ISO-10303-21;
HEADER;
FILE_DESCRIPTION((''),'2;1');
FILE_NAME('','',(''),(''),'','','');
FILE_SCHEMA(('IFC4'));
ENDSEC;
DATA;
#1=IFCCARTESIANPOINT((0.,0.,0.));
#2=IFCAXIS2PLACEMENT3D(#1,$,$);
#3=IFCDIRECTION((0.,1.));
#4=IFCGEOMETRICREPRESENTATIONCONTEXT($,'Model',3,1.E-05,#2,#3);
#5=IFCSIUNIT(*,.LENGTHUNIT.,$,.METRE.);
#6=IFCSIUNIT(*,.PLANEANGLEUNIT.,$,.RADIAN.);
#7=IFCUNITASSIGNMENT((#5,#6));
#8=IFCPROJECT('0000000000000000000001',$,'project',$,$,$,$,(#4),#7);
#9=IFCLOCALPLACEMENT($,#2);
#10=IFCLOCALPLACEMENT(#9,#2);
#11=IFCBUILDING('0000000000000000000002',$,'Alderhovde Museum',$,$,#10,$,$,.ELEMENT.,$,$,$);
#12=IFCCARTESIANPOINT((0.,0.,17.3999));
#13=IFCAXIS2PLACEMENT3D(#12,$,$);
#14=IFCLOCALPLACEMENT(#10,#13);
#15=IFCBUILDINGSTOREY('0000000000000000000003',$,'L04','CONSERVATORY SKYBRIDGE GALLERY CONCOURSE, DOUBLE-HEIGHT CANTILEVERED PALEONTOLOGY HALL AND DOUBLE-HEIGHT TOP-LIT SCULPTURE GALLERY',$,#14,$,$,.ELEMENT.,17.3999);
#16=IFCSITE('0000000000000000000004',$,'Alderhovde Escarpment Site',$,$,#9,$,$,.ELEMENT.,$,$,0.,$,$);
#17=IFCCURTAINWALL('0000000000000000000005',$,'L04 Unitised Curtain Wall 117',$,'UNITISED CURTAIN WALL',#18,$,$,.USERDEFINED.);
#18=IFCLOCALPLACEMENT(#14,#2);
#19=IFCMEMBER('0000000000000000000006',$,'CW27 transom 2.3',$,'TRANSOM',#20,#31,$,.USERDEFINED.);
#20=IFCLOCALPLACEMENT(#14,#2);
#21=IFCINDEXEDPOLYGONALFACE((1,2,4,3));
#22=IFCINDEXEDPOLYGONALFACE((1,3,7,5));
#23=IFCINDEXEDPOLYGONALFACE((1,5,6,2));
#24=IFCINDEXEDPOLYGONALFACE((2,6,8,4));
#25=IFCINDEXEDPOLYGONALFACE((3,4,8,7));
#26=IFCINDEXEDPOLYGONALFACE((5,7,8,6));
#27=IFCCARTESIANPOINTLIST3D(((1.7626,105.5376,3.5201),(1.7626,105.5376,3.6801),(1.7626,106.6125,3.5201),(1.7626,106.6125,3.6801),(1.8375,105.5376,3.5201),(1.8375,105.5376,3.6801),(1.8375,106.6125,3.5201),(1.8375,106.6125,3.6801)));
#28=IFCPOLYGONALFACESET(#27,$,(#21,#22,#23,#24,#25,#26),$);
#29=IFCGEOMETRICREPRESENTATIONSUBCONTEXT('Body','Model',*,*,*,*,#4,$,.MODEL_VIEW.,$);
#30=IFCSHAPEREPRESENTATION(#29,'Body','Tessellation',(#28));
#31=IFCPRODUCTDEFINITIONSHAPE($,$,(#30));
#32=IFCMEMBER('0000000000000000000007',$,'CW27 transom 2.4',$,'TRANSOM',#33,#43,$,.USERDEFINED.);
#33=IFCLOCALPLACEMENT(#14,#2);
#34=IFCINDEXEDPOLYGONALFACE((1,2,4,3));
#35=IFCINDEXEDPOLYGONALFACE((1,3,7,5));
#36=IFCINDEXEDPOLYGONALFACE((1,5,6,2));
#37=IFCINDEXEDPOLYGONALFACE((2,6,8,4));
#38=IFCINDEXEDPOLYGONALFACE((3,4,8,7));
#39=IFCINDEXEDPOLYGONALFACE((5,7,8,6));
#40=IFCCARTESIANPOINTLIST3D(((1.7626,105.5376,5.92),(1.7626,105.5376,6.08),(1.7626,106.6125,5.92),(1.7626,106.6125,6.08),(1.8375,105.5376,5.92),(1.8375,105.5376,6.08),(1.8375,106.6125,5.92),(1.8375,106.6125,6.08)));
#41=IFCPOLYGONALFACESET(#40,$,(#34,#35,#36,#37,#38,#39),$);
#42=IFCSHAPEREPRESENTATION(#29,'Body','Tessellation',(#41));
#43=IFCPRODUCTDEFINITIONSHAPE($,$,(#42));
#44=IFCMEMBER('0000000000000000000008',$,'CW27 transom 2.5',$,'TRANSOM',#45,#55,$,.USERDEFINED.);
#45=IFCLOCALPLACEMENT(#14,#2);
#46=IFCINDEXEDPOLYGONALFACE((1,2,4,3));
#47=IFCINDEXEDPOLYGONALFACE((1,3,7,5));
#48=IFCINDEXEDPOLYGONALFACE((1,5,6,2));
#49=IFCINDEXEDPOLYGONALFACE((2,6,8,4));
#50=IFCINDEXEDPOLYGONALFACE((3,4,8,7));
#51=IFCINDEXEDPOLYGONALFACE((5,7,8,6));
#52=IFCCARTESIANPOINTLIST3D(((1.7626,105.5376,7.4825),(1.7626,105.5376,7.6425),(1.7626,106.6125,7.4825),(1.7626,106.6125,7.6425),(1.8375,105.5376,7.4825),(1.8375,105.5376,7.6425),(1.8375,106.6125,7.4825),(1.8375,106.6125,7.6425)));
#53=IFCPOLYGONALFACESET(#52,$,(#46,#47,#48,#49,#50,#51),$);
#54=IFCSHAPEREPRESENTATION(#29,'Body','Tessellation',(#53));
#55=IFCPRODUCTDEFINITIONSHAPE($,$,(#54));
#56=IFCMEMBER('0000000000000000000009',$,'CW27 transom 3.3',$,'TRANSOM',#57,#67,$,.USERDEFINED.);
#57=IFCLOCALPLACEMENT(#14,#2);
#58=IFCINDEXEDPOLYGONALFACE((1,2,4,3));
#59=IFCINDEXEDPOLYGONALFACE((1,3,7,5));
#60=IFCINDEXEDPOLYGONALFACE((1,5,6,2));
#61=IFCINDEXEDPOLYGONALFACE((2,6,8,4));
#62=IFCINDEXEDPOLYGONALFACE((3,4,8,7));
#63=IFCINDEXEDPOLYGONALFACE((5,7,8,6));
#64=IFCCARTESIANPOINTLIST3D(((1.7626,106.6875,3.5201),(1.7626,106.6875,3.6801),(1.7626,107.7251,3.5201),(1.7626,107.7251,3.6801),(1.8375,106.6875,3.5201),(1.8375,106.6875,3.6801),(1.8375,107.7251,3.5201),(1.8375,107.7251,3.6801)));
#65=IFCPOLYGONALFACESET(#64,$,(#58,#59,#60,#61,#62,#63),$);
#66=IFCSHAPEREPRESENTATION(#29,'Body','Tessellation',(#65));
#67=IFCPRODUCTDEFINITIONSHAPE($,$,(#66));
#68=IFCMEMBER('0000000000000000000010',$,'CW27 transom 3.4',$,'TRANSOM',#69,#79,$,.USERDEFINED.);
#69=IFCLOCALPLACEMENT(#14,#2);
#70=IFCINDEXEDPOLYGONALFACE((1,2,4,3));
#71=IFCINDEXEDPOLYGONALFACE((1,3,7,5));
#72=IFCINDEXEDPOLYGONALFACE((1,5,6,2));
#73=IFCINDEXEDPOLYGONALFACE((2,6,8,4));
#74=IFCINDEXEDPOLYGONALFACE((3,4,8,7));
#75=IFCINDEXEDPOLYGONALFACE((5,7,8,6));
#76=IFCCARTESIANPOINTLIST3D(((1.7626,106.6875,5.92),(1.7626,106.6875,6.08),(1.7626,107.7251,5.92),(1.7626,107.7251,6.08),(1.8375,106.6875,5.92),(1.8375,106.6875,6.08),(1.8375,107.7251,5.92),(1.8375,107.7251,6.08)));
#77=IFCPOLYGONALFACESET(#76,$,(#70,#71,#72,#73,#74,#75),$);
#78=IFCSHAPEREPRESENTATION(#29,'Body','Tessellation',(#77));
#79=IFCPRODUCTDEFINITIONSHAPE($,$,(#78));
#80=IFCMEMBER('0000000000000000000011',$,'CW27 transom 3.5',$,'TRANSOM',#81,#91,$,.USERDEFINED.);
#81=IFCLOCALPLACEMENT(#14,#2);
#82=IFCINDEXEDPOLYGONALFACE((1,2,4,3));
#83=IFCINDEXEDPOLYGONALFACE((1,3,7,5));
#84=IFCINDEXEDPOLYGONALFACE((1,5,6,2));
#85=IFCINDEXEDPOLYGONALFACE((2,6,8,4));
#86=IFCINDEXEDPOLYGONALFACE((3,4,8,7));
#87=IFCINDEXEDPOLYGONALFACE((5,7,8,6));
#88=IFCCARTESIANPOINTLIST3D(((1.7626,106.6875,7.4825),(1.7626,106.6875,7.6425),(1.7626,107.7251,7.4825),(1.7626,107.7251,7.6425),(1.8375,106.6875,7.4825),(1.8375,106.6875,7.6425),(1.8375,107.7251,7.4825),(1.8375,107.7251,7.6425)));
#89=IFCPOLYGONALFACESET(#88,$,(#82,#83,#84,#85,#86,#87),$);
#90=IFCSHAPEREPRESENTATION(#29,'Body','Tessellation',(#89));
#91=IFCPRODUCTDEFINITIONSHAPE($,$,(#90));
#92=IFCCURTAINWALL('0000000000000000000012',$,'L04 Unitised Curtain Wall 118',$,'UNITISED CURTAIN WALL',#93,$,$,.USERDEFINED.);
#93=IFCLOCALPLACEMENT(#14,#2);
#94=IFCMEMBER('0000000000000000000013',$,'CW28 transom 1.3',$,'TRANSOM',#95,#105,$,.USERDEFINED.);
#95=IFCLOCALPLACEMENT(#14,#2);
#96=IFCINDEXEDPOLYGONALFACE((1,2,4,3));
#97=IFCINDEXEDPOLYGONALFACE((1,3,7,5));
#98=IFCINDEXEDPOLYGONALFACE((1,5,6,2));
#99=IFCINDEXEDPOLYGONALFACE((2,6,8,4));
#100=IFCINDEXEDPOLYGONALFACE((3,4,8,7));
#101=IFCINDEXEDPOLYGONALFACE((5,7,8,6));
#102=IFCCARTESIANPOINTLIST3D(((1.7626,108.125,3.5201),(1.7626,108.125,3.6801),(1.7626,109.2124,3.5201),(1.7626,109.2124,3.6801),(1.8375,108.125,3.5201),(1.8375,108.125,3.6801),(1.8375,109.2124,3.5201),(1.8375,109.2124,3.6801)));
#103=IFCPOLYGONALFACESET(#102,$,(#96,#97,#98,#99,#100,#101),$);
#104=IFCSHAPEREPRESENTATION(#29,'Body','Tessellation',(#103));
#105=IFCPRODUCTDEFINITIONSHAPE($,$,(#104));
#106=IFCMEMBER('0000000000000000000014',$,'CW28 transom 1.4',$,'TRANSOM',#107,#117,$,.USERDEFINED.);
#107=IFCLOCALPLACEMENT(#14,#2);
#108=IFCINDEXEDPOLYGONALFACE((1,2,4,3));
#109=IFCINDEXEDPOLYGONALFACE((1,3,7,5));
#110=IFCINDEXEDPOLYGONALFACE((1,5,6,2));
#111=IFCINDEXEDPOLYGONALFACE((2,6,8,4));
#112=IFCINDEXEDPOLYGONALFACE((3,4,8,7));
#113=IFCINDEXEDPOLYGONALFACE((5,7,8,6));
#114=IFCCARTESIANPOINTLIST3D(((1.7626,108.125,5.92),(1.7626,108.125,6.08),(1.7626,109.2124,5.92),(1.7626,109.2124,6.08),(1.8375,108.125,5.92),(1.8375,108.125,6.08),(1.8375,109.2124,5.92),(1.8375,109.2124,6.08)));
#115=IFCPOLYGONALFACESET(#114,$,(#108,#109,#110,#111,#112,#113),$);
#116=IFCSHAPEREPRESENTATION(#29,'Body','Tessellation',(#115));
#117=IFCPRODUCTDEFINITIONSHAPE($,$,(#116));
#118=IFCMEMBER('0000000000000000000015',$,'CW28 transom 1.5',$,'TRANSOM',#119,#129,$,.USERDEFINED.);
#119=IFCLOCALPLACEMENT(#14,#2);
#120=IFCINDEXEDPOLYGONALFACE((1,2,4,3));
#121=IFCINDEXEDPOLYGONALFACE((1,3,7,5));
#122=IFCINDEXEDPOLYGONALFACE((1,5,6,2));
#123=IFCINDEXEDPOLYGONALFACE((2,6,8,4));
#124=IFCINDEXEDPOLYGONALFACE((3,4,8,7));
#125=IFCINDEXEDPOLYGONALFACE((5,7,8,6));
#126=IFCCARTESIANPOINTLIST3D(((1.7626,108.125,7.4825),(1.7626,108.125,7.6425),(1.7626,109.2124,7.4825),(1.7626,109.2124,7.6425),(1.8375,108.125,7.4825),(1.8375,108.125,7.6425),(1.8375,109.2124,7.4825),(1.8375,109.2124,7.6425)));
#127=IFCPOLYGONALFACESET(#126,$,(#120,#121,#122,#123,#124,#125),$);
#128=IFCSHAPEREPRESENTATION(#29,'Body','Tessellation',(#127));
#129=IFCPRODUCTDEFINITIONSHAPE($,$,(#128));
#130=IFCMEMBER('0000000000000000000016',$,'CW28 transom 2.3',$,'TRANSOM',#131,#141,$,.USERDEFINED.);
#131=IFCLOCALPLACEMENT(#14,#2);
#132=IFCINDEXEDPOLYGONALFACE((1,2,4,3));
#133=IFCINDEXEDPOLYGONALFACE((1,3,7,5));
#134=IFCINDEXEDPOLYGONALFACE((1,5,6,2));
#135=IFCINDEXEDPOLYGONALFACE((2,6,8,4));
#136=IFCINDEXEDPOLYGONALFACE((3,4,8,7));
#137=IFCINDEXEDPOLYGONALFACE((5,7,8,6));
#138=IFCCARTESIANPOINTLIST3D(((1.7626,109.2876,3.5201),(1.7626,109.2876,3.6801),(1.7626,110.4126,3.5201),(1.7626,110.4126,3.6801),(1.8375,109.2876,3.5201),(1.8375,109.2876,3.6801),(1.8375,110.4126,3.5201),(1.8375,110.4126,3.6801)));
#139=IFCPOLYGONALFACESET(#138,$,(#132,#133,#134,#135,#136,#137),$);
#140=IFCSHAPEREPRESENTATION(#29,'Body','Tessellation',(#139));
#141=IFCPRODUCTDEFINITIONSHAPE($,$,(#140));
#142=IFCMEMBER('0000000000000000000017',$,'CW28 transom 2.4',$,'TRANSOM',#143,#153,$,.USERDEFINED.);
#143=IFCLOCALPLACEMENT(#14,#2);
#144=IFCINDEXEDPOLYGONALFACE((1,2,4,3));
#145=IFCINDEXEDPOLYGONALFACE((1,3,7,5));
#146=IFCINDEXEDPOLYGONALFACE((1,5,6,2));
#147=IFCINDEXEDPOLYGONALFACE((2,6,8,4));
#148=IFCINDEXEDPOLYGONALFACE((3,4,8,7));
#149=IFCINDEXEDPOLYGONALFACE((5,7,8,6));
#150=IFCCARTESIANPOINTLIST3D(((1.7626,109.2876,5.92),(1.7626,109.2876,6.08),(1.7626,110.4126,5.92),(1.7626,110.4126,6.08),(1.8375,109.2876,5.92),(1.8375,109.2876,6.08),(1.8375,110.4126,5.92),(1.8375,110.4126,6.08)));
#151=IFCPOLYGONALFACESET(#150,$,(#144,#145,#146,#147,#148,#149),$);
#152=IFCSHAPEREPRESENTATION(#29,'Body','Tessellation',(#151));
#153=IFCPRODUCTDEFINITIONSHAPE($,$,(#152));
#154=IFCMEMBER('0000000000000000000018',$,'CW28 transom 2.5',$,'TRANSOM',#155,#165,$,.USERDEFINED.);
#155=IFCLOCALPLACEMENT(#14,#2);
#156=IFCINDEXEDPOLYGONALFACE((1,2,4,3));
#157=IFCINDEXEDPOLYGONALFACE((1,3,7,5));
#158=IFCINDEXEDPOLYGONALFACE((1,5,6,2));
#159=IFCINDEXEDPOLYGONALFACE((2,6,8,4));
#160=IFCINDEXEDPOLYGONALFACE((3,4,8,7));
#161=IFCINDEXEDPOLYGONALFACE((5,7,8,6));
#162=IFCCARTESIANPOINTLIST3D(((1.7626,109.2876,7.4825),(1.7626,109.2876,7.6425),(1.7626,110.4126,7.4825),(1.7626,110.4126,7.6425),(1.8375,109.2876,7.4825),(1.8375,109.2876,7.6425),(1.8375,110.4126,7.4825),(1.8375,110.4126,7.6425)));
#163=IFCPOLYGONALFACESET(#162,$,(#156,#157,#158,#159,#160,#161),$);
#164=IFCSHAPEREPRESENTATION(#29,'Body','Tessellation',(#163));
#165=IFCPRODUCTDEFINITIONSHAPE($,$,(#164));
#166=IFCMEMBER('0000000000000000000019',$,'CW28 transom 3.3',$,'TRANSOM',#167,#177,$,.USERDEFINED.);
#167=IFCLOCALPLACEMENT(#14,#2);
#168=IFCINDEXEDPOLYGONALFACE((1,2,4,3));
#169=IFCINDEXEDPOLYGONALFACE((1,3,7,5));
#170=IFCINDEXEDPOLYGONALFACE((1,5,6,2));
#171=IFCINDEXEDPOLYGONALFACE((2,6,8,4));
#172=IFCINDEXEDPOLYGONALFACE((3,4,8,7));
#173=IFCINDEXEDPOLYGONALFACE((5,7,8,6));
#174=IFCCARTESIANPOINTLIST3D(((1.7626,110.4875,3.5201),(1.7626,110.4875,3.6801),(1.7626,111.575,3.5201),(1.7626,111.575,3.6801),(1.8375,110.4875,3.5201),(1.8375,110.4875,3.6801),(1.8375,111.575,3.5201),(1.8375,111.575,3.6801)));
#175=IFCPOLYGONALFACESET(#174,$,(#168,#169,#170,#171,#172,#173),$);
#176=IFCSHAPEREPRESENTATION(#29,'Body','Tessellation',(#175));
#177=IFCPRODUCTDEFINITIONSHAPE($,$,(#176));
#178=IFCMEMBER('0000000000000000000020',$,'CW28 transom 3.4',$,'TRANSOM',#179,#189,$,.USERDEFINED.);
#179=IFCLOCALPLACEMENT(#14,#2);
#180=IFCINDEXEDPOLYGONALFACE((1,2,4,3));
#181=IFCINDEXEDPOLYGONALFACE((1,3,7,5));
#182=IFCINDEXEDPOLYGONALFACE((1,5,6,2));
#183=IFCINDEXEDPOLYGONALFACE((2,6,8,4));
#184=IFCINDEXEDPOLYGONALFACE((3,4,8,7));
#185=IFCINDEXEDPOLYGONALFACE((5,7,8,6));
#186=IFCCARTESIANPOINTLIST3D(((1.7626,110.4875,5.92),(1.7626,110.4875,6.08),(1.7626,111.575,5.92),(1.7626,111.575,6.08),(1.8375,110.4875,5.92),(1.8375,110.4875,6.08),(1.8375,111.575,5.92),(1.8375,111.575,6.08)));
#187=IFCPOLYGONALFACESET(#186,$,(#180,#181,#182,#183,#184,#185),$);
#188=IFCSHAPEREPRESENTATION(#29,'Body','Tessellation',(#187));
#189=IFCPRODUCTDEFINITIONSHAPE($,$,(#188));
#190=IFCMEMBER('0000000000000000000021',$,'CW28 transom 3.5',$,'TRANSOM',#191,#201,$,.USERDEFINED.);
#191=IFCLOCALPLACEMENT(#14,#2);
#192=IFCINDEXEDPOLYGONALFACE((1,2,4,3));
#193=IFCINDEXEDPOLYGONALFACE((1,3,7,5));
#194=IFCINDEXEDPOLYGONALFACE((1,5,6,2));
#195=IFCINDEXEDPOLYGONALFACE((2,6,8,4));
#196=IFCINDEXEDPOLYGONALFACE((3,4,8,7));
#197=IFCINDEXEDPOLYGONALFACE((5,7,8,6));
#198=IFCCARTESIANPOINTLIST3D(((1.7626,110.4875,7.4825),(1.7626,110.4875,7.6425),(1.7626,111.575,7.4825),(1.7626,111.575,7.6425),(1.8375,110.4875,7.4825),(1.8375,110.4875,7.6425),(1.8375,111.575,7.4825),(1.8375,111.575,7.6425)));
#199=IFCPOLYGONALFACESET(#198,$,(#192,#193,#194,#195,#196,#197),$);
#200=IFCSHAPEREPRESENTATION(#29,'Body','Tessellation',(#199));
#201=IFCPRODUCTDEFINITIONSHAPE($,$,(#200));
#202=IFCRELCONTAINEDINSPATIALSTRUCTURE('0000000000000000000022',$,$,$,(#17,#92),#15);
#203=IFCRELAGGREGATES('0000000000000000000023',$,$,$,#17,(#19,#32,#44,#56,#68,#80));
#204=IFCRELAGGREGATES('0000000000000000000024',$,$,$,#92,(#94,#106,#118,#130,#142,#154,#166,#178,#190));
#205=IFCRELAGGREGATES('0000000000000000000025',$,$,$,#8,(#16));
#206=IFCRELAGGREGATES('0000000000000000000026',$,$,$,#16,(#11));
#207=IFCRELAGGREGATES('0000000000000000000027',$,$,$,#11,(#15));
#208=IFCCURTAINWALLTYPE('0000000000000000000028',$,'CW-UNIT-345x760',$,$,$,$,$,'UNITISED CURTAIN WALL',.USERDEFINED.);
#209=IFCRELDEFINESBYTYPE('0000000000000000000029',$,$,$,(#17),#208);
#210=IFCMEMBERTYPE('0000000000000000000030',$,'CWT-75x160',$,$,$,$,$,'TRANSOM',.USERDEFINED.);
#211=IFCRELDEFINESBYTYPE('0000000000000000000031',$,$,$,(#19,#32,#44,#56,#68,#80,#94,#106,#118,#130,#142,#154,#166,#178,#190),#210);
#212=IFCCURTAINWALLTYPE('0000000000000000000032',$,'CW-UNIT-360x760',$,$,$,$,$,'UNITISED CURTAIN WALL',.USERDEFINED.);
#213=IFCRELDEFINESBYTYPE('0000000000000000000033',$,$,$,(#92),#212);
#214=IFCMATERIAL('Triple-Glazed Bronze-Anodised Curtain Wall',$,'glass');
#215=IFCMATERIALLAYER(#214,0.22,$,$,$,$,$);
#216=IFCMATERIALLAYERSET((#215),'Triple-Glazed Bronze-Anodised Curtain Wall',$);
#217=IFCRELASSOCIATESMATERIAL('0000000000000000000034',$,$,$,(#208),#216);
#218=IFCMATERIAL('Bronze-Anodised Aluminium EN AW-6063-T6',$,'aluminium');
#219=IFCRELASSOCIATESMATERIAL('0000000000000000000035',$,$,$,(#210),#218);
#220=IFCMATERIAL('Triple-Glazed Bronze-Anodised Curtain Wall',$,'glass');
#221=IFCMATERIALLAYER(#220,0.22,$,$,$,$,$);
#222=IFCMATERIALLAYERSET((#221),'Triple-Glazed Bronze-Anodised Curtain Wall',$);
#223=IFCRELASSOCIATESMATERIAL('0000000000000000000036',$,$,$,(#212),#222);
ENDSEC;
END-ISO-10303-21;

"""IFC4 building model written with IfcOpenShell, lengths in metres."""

from ifc_helpers import new_model, si_unit, direction, frame, origin, origin_2d, place, context, subcontext, project, spatial, rectangle, extrude, material, layer, layer_set, material_profile, profile_set, type_object, element, aggregate, save


model = new_model("IFC4")

# Units and contexts
model_context = context("Model", 3, precision=1e-05, world=origin(), true_north=direction((0.0, 1.0)))
body_context = subcontext(model_context, "Body", "Model", "MODEL_VIEW")
ifc_project = project(units=[si_unit("LENGTHUNIT", "METRE"), si_unit("PLANEANGLEUNIT", "RADIAN")], contexts=[model_context])

# Site, building, storey
site_placement = place(None, origin())
site = spatial("IfcSite", under=ifc_project, at=site_placement, Name="Alderhovde Escarpment Site", CompositionType="ELEMENT", RefElevation=0.0)
building_placement = place(site_placement, origin())
building = spatial("IfcBuilding", under=site, at=building_placement, Name="Alderhovde Museum", CompositionType="ELEMENT")
storey_placement = place(building_placement, frame((0.0, 0.0, 17.3999)))
storey = spatial("IfcBuildingStorey", under=building, at=storey_placement, Name="L04", Description="CONSERVATORY SKYBRIDGE GALLERY CONCOURSE, DOUBLE-HEIGHT CANTILEVERED PALEONTOLOGY HALL AND DOUBLE-HEIGHT TOP-LIT SCULPTURE GALLERY", CompositionType="ELEMENT", Elevation=17.3999)

# Curtain walls, members
ifc_material_1 = material(Name="Triple-Glazed Bronze-Anodised Curtain Wall", Category="glass")
ifc_layer_1 = layer(ifc_material_1, 0.22)
ifc_layer_set_1 = layer_set([ifc_layer_1], Name="Triple-Glazed Bronze-Anodised Curtain Wall")
curtain_wall_type_1 = type_object("IfcCurtainWallType", Name="CW-UNIT-345x760", ElementType="UNITISED CURTAIN WALL", PredefinedType="USERDEFINED", material=ifc_layer_set_1)
curtain_wall_1_placement = place(storey_placement, origin())
curtain_wall_1 = element("IfcCurtainWall", 1, at=curtain_wall_1_placement, inside=storey, type_object=curtain_wall_type_1, Name="L04 Unitised Curtain Wall 117", ObjectType="UNITISED CURTAIN WALL", PredefinedType="USERDEFINED")
ifc_material_2 = material(Name="Bronze-Anodised Aluminium EN AW-6063-T6", Category="aluminium")
ifc_material_profile_1 = material_profile(ifc_material_2, rectangle(XDim=0.075, YDim=0.1599, at=origin_2d()), Name="TRANSOM 75x160")
ifc_profile_set_1 = profile_set([ifc_material_profile_1], Name="Bronze-Anodised Aluminium EN AW-6063-T6")
member_type_1 = type_object("IfcMemberType", Name="CWT-75x160", ElementType="TRANSOM", PredefinedType="USERDEFINED", material=ifc_profile_set_1)
member_1_placement = place(storey_placement, frame((1.8, 105.5376, 3.6001), z_axis=(0.0, 1.0, 0.0), x_axis=(-1.0, 0.0, 0.0)))
member_1 = element("IfcMember", 2, at=member_1_placement, type_object=member_type_1, Name="CW27 transom 2.3", ObjectType="TRANSOM", PredefinedType="USERDEFINED", context=body_context, shape_type="SweptSolid", body=[
    extrude(rectangle(XDim=0.075, YDim=0.1599, at=origin_2d()), origin(), (0.0, 0.0, 1.0), 1.075),
])
member_2_placement = place(storey_placement, frame((1.8, 105.5376, 6.0), z_axis=(0.0, 1.0, 0.0), x_axis=(-1.0, 0.0, 0.0)))
member_2 = element("IfcMember", 3, at=member_2_placement, type_object=member_type_1, Name="CW27 transom 2.4", ObjectType="TRANSOM", PredefinedType="USERDEFINED", context=body_context, shape_type="SweptSolid", body=[
    extrude(rectangle(XDim=0.075, YDim=0.1599, at=origin_2d()), origin(), (0.0, 0.0, 1.0), 1.075),
])
member_3_placement = place(storey_placement, frame((1.8, 105.5376, 7.5625), z_axis=(0.0, 1.0, 0.0), x_axis=(-1.0, 0.0, 0.0)))
member_3 = element("IfcMember", 4, at=member_3_placement, type_object=member_type_1, Name="CW27 transom 2.5", ObjectType="TRANSOM", PredefinedType="USERDEFINED", context=body_context, shape_type="SweptSolid", body=[
    extrude(rectangle(XDim=0.075, YDim=0.1599, at=origin_2d()), origin(), (0.0, 0.0, 1.0), 1.075),
])
member_4_placement = place(storey_placement, frame((1.8, 106.6875, 3.6001), z_axis=(0.0, 1.0, 0.0), x_axis=(-1.0, 0.0, 0.0)))
member_4 = element("IfcMember", 5, at=member_4_placement, type_object=member_type_1, Name="CW27 transom 3.3", ObjectType="TRANSOM", PredefinedType="USERDEFINED", context=body_context, shape_type="SweptSolid", body=[
    extrude(rectangle(XDim=0.075, YDim=0.1599, at=origin_2d()), origin(), (0.0, 0.0, 1.0), 1.0376),
])
member_5_placement = place(storey_placement, frame((1.8, 106.6875, 6.0), z_axis=(0.0, 1.0, 0.0), x_axis=(-1.0, 0.0, 0.0)))
member_5 = element("IfcMember", 6, at=member_5_placement, type_object=member_type_1, Name="CW27 transom 3.4", ObjectType="TRANSOM", PredefinedType="USERDEFINED", context=body_context, shape_type="SweptSolid", body=[
    extrude(rectangle(XDim=0.075, YDim=0.1599, at=origin_2d()), origin(), (0.0, 0.0, 1.0), 1.0376),
])
member_6_placement = place(storey_placement, frame((1.8, 106.6875, 7.5625), z_axis=(0.0, 1.0, 0.0), x_axis=(-1.0, 0.0, 0.0)))
member_6 = element("IfcMember", 7, at=member_6_placement, type_object=member_type_1, Name="CW27 transom 3.5", ObjectType="TRANSOM", PredefinedType="USERDEFINED", context=body_context, shape_type="SweptSolid", body=[
    extrude(rectangle(XDim=0.075, YDim=0.1599, at=origin_2d()), origin(), (0.0, 0.0, 1.0), 1.0376),
])
ifc_material_3 = material(Name="Triple-Glazed Bronze-Anodised Curtain Wall", Category="glass")
ifc_layer_2 = layer(ifc_material_3, 0.22)
ifc_layer_set_2 = layer_set([ifc_layer_2], Name="Triple-Glazed Bronze-Anodised Curtain Wall")
curtain_wall_type_2 = type_object("IfcCurtainWallType", Name="CW-UNIT-360x760", ElementType="UNITISED CURTAIN WALL", PredefinedType="USERDEFINED", material=ifc_layer_set_2)
curtain_wall_2_placement = place(storey_placement, origin())
curtain_wall_2 = element("IfcCurtainWall", 8, at=curtain_wall_2_placement, inside=storey, type_object=curtain_wall_type_2, Name="L04 Unitised Curtain Wall 118", ObjectType="UNITISED CURTAIN WALL", PredefinedType="USERDEFINED")
member_7_placement = place(storey_placement, frame((1.8, 108.125, 3.6001), z_axis=(0.0, 1.0, 0.0), x_axis=(-1.0, 0.0, 0.0)))
member_7 = element("IfcMember", 9, at=member_7_placement, type_object=member_type_1, Name="CW28 transom 1.3", ObjectType="TRANSOM", PredefinedType="USERDEFINED", context=body_context, shape_type="SweptSolid", body=[
    extrude(rectangle(XDim=0.075, YDim=0.1599, at=origin_2d()), origin(), (0.0, 0.0, 1.0), 1.0874),
])
member_8_placement = place(storey_placement, frame((1.8, 108.125, 6.0), z_axis=(0.0, 1.0, 0.0), x_axis=(-1.0, 0.0, 0.0)))
member_8 = element("IfcMember", 10, at=member_8_placement, type_object=member_type_1, Name="CW28 transom 1.4", ObjectType="TRANSOM", PredefinedType="USERDEFINED", context=body_context, shape_type="SweptSolid", body=[
    extrude(rectangle(XDim=0.075, YDim=0.1599, at=origin_2d()), origin(), (0.0, 0.0, 1.0), 1.0874),
])
member_9_placement = place(storey_placement, frame((1.8, 108.125, 7.5625), z_axis=(0.0, 1.0, 0.0), x_axis=(-1.0, 0.0, 0.0)))
member_9 = element("IfcMember", 11, at=member_9_placement, type_object=member_type_1, Name="CW28 transom 1.5", ObjectType="TRANSOM", PredefinedType="USERDEFINED", context=body_context, shape_type="SweptSolid", body=[
    extrude(rectangle(XDim=0.075, YDim=0.1599, at=origin_2d()), origin(), (0.0, 0.0, 1.0), 1.0874),
])
member_10_placement = place(storey_placement, frame((1.8, 109.2876, 3.6001), z_axis=(0.0, 1.0, 0.0), x_axis=(-1.0, 0.0, 0.0)))
member_10 = element("IfcMember", 12, at=member_10_placement, type_object=member_type_1, Name="CW28 transom 2.3", ObjectType="TRANSOM", PredefinedType="USERDEFINED", context=body_context, shape_type="SweptSolid", body=[
    extrude(rectangle(XDim=0.075, YDim=0.1599, at=origin_2d()), origin(), (0.0, 0.0, 1.0), 1.125),
])
member_11_placement = place(storey_placement, frame((1.8, 109.2876, 6.0), z_axis=(0.0, 1.0, 0.0), x_axis=(-1.0, 0.0, 0.0)))
member_11 = element("IfcMember", 13, at=member_11_placement, type_object=member_type_1, Name="CW28 transom 2.4", ObjectType="TRANSOM", PredefinedType="USERDEFINED", context=body_context, shape_type="SweptSolid", body=[
    extrude(rectangle(XDim=0.075, YDim=0.1599, at=origin_2d()), origin(), (0.0, 0.0, 1.0), 1.125),
])
member_12_placement = place(storey_placement, frame((1.8, 109.2876, 7.5625), z_axis=(0.0, 1.0, 0.0), x_axis=(-1.0, 0.0, 0.0)))
member_12 = element("IfcMember", 14, at=member_12_placement, type_object=member_type_1, Name="CW28 transom 2.5", ObjectType="TRANSOM", PredefinedType="USERDEFINED", context=body_context, shape_type="SweptSolid", body=[
    extrude(rectangle(XDim=0.075, YDim=0.1599, at=origin_2d()), origin(), (0.0, 0.0, 1.0), 1.125),
])
member_13_placement = place(storey_placement, frame((1.8, 110.4875, 3.6001), z_axis=(0.0, 1.0, 0.0), x_axis=(-1.0, 0.0, 0.0)))
member_13 = element("IfcMember", 15, at=member_13_placement, type_object=member_type_1, Name="CW28 transom 3.3", ObjectType="TRANSOM", PredefinedType="USERDEFINED", context=body_context, shape_type="SweptSolid", body=[
    extrude(rectangle(XDim=0.075, YDim=0.1599, at=origin_2d()), origin(), (0.0, 0.0, 1.0), 1.0874),
])
member_14_placement = place(storey_placement, frame((1.8, 110.4875, 6.0), z_axis=(0.0, 1.0, 0.0), x_axis=(-1.0, 0.0, 0.0)))
member_14 = element("IfcMember", 16, at=member_14_placement, type_object=member_type_1, Name="CW28 transom 3.4", ObjectType="TRANSOM", PredefinedType="USERDEFINED", context=body_context, shape_type="SweptSolid", body=[
    extrude(rectangle(XDim=0.075, YDim=0.1599, at=origin_2d()), origin(), (0.0, 0.0, 1.0), 1.0874),
])
member_15_placement = place(storey_placement, frame((1.8, 110.4875, 7.5625), z_axis=(0.0, 1.0, 0.0), x_axis=(-1.0, 0.0, 0.0)))
member_15 = element("IfcMember", 17, at=member_15_placement, type_object=member_type_1, Name="CW28 transom 3.5", ObjectType="TRANSOM", PredefinedType="USERDEFINED", context=body_context, shape_type="SweptSolid", body=[
    extrude(rectangle(XDim=0.075, YDim=0.1599, at=origin_2d()), origin(), (0.0, 0.0, 1.0), 1.0874),
])

aggregate(curtain_wall_1, [member_1, member_2, member_3, member_4, member_5, member_6])
aggregate(curtain_wall_2, [member_7, member_8, member_9, member_10, member_11, member_12, member_13, member_14, member_15])

save(model, "model.ifc")
